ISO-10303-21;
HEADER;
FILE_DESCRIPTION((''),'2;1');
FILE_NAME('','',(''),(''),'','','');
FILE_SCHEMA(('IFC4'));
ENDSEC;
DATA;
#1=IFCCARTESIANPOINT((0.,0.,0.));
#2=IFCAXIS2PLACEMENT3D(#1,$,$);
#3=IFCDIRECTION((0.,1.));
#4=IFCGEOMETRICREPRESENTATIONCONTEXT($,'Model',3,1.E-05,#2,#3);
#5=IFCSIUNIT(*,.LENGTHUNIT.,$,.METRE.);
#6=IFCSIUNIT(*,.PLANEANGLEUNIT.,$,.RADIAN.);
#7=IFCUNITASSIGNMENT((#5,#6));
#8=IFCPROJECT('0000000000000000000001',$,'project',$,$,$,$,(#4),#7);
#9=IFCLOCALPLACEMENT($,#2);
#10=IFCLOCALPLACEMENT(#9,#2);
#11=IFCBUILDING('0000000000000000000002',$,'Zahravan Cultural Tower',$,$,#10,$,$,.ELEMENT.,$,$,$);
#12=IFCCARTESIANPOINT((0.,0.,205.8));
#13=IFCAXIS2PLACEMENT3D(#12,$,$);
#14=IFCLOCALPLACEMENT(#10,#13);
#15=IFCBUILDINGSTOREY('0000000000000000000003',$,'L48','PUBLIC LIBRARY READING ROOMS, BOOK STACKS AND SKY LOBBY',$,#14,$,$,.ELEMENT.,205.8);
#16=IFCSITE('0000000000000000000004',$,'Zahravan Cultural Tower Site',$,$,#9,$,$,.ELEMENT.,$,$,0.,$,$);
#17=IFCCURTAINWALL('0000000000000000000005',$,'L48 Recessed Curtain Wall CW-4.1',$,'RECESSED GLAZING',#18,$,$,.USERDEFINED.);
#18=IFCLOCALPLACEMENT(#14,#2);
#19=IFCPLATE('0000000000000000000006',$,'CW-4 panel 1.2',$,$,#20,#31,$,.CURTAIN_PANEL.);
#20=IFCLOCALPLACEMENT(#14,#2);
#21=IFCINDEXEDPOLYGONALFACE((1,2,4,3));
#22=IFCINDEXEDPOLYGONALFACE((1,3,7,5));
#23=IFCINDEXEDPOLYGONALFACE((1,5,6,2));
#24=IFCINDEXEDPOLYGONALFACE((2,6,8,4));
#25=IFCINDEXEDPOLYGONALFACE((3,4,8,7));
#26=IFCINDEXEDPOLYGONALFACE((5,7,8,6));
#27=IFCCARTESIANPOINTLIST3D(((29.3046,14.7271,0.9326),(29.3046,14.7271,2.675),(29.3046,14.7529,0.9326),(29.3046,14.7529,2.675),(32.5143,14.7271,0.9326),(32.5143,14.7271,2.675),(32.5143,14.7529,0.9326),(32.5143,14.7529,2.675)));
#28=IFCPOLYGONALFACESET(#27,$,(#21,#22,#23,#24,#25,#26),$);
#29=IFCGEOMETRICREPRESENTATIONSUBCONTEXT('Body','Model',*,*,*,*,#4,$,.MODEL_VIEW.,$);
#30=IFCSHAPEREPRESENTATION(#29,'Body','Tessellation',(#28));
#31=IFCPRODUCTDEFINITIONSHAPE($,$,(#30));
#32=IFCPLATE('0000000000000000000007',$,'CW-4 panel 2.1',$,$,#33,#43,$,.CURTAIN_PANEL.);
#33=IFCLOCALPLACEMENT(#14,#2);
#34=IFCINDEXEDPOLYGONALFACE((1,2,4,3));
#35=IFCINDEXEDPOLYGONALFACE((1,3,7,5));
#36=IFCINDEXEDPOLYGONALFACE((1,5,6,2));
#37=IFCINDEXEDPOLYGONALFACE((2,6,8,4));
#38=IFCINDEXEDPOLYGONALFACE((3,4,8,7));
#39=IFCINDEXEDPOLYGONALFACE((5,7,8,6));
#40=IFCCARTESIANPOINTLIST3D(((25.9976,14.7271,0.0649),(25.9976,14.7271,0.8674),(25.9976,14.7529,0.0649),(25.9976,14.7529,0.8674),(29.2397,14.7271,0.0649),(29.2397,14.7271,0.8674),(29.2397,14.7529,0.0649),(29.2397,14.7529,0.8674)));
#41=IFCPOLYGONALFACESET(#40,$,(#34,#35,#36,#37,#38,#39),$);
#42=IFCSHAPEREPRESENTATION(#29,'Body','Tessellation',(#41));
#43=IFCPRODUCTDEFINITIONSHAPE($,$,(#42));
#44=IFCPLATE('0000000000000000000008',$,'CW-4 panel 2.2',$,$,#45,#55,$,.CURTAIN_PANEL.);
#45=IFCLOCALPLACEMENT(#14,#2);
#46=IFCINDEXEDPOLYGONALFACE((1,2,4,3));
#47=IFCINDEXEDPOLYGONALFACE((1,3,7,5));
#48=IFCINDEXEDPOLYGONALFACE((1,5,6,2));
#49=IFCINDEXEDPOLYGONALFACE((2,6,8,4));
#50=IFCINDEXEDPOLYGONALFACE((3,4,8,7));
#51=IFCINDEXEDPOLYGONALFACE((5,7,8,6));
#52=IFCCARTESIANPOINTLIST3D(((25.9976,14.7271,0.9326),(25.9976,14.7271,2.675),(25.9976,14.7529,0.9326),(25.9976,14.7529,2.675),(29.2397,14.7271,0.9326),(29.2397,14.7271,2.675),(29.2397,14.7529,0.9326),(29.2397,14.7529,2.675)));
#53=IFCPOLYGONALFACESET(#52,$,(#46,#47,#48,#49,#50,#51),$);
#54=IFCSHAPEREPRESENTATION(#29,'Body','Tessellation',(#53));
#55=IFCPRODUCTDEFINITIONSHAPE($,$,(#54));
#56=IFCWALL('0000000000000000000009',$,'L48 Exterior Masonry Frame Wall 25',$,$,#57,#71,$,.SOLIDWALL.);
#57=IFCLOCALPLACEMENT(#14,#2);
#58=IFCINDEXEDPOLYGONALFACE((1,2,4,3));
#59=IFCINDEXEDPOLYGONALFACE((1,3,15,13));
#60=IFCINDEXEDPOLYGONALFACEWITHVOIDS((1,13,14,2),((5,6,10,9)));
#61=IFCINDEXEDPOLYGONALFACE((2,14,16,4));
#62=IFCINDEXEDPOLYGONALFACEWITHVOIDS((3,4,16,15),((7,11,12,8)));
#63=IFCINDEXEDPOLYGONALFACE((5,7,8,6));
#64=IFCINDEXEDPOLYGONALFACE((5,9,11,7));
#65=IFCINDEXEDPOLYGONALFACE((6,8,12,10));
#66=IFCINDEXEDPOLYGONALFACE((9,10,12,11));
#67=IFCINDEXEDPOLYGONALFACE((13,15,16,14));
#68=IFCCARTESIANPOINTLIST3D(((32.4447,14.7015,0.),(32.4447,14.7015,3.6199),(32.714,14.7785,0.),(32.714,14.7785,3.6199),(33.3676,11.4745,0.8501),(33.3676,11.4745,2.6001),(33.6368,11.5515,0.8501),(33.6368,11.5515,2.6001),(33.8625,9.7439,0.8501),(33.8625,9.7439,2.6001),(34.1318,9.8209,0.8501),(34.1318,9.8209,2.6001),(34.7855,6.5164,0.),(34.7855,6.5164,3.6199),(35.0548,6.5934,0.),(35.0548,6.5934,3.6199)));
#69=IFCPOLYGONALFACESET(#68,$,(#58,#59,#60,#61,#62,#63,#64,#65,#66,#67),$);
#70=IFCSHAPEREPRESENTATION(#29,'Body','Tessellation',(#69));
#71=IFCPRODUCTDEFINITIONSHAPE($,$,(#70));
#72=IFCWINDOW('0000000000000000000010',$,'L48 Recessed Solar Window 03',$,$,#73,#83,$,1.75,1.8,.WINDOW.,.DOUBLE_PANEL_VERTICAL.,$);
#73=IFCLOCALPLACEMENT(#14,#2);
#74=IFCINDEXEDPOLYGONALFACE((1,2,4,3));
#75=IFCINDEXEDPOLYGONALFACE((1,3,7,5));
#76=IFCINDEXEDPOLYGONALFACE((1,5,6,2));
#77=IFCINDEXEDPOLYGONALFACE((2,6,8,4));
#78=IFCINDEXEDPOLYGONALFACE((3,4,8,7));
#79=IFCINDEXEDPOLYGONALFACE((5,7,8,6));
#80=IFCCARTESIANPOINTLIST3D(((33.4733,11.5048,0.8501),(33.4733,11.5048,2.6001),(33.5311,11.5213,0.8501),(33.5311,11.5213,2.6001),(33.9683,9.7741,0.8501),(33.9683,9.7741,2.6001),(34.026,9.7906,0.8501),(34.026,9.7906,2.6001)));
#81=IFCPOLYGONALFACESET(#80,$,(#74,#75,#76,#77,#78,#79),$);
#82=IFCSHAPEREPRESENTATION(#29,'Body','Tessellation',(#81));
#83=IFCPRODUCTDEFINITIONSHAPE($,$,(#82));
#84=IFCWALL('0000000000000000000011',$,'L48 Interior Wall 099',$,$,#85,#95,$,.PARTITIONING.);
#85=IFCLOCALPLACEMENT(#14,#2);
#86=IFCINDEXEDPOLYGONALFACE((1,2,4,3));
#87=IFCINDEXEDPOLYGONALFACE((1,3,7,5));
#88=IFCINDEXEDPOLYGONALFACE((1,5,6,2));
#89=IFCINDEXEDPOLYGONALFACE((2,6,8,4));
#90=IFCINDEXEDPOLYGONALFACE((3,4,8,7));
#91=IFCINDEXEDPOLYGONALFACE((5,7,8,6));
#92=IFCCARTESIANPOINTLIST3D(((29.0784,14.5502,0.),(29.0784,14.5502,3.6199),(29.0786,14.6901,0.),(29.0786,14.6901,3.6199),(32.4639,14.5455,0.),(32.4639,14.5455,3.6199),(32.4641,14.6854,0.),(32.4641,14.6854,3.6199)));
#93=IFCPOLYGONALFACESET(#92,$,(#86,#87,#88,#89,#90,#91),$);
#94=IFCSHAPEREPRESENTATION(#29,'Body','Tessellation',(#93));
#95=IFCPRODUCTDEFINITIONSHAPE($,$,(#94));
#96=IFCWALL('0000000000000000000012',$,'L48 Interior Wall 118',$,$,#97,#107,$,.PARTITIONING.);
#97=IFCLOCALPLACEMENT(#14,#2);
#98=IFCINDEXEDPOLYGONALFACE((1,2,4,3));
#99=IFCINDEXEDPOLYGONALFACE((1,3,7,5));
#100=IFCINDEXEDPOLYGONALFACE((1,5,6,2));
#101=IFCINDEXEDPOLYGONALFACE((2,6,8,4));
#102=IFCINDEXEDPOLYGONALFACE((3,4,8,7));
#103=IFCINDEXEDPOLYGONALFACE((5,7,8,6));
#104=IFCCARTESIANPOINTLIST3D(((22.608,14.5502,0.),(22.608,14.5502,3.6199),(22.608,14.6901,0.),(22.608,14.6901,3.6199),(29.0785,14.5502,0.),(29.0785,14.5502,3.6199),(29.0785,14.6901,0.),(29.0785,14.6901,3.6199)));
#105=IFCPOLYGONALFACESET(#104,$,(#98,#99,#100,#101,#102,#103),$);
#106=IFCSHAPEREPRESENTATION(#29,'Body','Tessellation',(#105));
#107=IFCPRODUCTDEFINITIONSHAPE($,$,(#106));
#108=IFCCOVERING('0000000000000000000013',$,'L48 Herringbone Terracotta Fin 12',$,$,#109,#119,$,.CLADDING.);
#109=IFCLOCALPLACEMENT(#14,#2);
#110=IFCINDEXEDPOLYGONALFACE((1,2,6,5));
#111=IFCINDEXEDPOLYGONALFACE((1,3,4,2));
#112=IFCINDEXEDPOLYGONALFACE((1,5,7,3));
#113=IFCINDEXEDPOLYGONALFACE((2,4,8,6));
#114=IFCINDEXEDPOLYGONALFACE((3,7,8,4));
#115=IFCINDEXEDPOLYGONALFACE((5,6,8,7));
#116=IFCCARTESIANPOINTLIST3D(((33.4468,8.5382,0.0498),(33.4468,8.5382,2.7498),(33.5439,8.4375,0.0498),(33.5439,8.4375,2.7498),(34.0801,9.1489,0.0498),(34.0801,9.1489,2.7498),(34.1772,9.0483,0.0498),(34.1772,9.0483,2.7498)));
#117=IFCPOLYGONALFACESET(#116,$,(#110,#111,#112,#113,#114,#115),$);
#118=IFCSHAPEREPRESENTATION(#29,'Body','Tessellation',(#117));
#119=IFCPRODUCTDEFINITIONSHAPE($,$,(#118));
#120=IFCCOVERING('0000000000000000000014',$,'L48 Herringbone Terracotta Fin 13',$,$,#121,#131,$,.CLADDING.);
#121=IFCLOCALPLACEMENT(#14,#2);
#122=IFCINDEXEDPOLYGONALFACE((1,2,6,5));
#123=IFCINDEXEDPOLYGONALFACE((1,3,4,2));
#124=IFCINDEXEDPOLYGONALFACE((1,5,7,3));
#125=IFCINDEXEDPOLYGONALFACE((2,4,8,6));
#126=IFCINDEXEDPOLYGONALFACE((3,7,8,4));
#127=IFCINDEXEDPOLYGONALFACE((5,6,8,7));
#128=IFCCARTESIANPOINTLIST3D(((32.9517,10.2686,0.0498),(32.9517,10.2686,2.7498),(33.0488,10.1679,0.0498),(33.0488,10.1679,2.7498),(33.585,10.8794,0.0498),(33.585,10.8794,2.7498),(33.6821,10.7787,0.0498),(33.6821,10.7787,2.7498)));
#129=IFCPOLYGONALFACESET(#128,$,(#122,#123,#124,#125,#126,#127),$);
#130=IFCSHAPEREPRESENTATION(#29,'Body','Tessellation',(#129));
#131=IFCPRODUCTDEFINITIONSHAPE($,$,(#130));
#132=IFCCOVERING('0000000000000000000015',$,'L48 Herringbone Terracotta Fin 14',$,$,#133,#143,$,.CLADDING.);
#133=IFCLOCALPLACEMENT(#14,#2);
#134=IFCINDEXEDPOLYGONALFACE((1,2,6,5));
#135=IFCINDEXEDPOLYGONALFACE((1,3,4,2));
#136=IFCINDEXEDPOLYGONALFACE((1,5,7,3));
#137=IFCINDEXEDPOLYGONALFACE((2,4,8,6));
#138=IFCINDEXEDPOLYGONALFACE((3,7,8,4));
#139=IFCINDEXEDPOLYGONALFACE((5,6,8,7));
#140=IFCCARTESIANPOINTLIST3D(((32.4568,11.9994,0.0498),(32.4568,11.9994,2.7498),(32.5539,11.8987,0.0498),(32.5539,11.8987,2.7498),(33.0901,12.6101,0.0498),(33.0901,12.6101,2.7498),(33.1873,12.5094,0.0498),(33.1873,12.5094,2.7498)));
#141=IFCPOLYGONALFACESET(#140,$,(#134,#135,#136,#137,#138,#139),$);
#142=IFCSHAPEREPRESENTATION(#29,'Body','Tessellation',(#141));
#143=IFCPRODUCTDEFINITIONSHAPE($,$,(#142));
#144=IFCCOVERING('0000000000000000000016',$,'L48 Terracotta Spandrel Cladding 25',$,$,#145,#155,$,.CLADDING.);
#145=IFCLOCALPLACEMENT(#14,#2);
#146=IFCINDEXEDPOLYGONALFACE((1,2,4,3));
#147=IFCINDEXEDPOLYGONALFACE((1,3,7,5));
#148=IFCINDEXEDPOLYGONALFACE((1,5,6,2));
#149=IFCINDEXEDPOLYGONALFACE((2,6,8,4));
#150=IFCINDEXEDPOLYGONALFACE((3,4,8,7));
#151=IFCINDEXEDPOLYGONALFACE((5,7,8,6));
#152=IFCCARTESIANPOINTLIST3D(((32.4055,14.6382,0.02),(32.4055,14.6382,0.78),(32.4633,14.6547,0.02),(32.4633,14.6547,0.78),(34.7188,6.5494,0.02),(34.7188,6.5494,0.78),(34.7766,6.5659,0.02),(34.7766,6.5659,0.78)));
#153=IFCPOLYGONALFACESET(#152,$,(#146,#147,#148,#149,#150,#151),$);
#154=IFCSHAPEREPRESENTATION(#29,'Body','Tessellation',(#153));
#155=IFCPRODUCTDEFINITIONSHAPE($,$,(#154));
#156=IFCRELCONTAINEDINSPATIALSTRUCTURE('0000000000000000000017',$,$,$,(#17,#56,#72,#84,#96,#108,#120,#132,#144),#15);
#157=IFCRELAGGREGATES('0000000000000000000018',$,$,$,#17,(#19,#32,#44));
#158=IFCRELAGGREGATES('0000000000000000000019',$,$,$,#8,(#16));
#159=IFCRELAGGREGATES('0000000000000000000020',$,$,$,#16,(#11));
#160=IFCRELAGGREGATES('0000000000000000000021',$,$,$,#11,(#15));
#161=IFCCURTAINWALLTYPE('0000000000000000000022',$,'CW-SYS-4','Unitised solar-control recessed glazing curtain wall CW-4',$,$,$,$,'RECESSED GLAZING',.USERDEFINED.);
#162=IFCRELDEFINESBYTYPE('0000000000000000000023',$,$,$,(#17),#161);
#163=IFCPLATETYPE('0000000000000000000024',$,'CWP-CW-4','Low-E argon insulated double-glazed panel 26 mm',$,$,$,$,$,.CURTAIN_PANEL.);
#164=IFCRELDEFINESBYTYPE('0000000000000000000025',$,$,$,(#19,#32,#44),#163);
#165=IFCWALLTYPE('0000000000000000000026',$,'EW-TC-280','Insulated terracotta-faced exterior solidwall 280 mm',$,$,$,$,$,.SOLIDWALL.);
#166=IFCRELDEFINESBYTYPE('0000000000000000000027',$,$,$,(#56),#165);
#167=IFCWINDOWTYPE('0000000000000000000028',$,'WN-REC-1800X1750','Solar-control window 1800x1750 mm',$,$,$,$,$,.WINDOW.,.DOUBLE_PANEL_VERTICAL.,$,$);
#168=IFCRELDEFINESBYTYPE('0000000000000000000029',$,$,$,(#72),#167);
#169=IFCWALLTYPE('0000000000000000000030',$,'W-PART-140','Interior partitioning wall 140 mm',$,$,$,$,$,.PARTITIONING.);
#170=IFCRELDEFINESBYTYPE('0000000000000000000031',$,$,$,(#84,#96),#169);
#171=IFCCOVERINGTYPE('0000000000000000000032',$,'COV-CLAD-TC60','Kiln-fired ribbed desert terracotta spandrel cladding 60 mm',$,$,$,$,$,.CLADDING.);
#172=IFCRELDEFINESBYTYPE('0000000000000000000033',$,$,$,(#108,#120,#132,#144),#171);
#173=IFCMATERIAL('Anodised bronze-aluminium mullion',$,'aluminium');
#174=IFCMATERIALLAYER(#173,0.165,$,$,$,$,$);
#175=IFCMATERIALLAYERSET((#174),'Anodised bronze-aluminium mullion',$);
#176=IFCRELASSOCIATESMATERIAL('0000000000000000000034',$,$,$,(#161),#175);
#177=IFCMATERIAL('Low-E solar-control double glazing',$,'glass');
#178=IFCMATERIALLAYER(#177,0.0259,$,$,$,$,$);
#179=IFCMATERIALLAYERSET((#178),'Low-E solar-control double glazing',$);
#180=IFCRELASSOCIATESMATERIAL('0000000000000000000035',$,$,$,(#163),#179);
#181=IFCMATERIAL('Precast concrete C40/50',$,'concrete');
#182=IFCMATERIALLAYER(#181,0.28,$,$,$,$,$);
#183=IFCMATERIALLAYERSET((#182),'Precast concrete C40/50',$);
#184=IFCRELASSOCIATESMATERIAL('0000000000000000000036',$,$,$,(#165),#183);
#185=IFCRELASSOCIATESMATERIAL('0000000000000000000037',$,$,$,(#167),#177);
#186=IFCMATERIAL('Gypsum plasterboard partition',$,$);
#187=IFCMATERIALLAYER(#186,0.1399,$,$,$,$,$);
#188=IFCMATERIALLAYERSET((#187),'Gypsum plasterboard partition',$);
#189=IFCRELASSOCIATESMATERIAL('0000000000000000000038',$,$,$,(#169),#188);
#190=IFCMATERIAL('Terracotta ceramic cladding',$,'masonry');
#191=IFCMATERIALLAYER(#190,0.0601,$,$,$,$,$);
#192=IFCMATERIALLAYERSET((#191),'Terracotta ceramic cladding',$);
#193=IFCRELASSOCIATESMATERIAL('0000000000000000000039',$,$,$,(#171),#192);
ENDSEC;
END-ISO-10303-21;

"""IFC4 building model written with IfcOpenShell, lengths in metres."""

from ifc_helpers import new_model, si_unit, direction, frame, frame_2d, origin, origin_2d, place, context, subcontext, project, spatial, rectangle, extrude, source, transform, mapped, material, layer, layer_set, type_object, element, fill, aggregate, save


model = new_model("IFC4")

# Units and contexts
model_context = context("Model", 3, precision=1e-05, world=origin(), true_north=direction((0.0, 1.0)))
body_context = subcontext(model_context, "Body", "Model", "MODEL_VIEW")
ifc_project = project(units=[si_unit("LENGTHUNIT", "METRE"), si_unit("PLANEANGLEUNIT", "RADIAN")], contexts=[model_context])

# Site, building, storey
site_placement = place(None, origin())
site = spatial("IfcSite", under=ifc_project, at=site_placement, Name="Zahravan Cultural Tower Site", CompositionType="ELEMENT", RefElevation=0.0)
building_placement = place(site_placement, origin())
building = spatial("IfcBuilding", under=site, at=building_placement, Name="Zahravan Cultural Tower", CompositionType="ELEMENT")
storey_placement = place(building_placement, frame((0.0, 0.0, 205.8)))
storey = spatial("IfcBuildingStorey", under=building, at=storey_placement, Name="L48", Description="PUBLIC LIBRARY READING ROOMS, BOOK STACKS AND SKY LOBBY", CompositionType="ELEMENT", Elevation=205.8)

# Curtain wall, plates
ifc_material_1 = material(Name="Anodised bronze-aluminium mullion", Category="aluminium")
ifc_layer_1 = layer(ifc_material_1, 0.165)
ifc_layer_set_1 = layer_set([ifc_layer_1], Name="Anodised bronze-aluminium mullion")
curtain_wall_type = type_object("IfcCurtainWallType", Name="CW-SYS-4", Description="Unitised solar-control recessed glazing curtain wall CW-4", ElementType="RECESSED GLAZING", PredefinedType="USERDEFINED", material=ifc_layer_set_1)
curtain_wall_placement = place(storey_placement, origin())
curtain_wall = element("IfcCurtainWall", 1, at=curtain_wall_placement, inside=storey, type_object=curtain_wall_type, Name="L48 Recessed Curtain Wall CW-4.1", ObjectType="RECESSED GLAZING", PredefinedType="USERDEFINED")
ifc_material_2 = material(Name="Low-E solar-control double glazing", Category="glass")
ifc_layer_2 = layer(ifc_material_2, 0.0259)
ifc_layer_set_2 = layer_set([ifc_layer_2], Name="Low-E solar-control double glazing")
plate_type = type_object("IfcPlateType", Name="CWP-CW-4", Description="Low-E argon insulated double-glazed panel 26 mm", PredefinedType="CURTAIN_PANEL", material=ifc_layer_set_2)
shared_shape_1 = source(origin(), body_context, "Body", "SweptSolid", [
    extrude(rectangle(XDim=3.2097, YDim=0.0259, at=origin_2d()), origin(), (0.0, 0.0, 1.0), 1.7424),
])
plate_1_placement = place(storey_placement, frame((30.9094, 14.74, 0.9326), z_axis=(0.0, 0.0, 1.0), x_axis=(-1.0, 0.0, 0.0)))
plate_1 = element("IfcPlate", 2, at=plate_1_placement, type_object=plate_type, Name="CW-4 panel 1.2", PredefinedType="CURTAIN_PANEL", context=body_context, shape_type="MappedRepresentation", body=[
    mapped(shared_shape_1, transform((0.0, 0.0, 0.0), x_axis=(1.0, 0.0, 0.0), y_axis=(0.0, 1.0, 0.0), z_axis=(0.0, 0.0, 1.0), scale=1.0)),
])
shared_shape_2 = source(origin(), body_context, "Body", "SweptSolid", [
    extrude(rectangle(XDim=3.2422, YDim=0.0259, at=origin_2d()), origin(), (0.0, 0.0, 1.0), 0.8025),
])
plate_2_placement = place(storey_placement, frame((27.6187, 14.74, 0.0649), z_axis=(0.0, 0.0, 1.0), x_axis=(-1.0, 0.0, 0.0)))
plate_2 = element("IfcPlate", 3, at=plate_2_placement, type_object=plate_type, Name="CW-4 panel 2.1", PredefinedType="CURTAIN_PANEL", context=body_context, shape_type="MappedRepresentation", body=[
    mapped(shared_shape_2, transform((0.0, 0.0, 0.0), x_axis=(1.0, 0.0, 0.0), y_axis=(0.0, 1.0, 0.0), z_axis=(0.0, 0.0, 1.0), scale=1.0)),
])
shared_shape_3 = source(origin(), body_context, "Body", "SweptSolid", [
    extrude(rectangle(XDim=3.2422, YDim=0.0259, at=origin_2d()), origin(), (0.0, 0.0, 1.0), 1.7424),
])
plate_3_placement = place(storey_placement, frame((27.6187, 14.74, 0.9326), z_axis=(0.0, 0.0, 1.0), x_axis=(-1.0, 0.0, 0.0)))
plate_3 = element("IfcPlate", 4, at=plate_3_placement, type_object=plate_type, Name="CW-4 panel 2.2", PredefinedType="CURTAIN_PANEL", context=body_context, shape_type="MappedRepresentation", body=[
    mapped(shared_shape_3, transform((0.0, 0.0, 0.0), x_axis=(1.0, 0.0, 0.0), y_axis=(0.0, 1.0, 0.0), z_axis=(0.0, 0.0, 1.0), scale=1.0)),
])
aggregate(curtain_wall, [plate_1, plate_2, plate_3])

# Wall, opening, window
ifc_material_3 = material(Name="Precast concrete C40/50", Category="concrete")
ifc_layer_3 = layer(ifc_material_3, 0.28)
ifc_layer_set_3 = layer_set([ifc_layer_3], Name="Precast concrete C40/50")
wall_type_1 = type_object("IfcWallType", Name="EW-TC-280", Description="Insulated terracotta-faced exterior solidwall 280 mm", PredefinedType="SOLIDWALL", material=ifc_layer_set_3)
wall_1_placement = place(storey_placement, frame((34.9202, 6.5549, 0.0), z_axis=(0.0, 0.0, 1.0), x_axis=(-0.274964, 0.961455, 0.0)))
wall_1 = element("IfcWall", 5, at=wall_1_placement, inside=storey, type_object=wall_type_1, Name="L48 Exterior Masonry Frame Wall 25", PredefinedType="SOLIDWALL", context=body_context, shape_type="SweptSolid", body=[
    extrude(rectangle(XDim=8.5132, YDim=0.28, at=frame_2d((4.2566, 0.0))), origin(), (0.0, 0.0, 1.0), 3.6199),
])
opening_placement = place(wall_1_placement, frame((3.3569, 0.0, 0.8501)))
opening = element("IfcOpeningElement", 6, at=opening_placement, cuts=wall_1, PredefinedType="OPENING", context=body_context, shape_type="SweptSolid", body=[
    extrude(rectangle(XDim=1.8, YDim=1.75, at=frame_2d((0.8999, 0.875))), frame((0.0, 0.1499, 0.0), z_axis=(0.0, -1.0, 0.0), x_axis=(1.0, 0.0, 0.0)), (0.0, 0.0, 1.0), 0.3),
])
window_type = type_object("IfcWindowType", Name="WN-REC-1800X1750", Description="Solar-control window 1800x1750 mm", PartitioningType="DOUBLE_PANEL_VERTICAL", PredefinedType="WINDOW", material=ifc_material_2)
shared_shape_4 = source(origin(), body_context, "Body", "SweptSolid", [
    extrude(rectangle(XDim=1.8, YDim=1.75, at=frame_2d((0.8999, 0.875))), frame((0.0, 0.03, 0.0), z_axis=(0.0, -1.0, 0.0), x_axis=(1.0, 0.0, 0.0)), (0.0, 0.0, 1.0), 0.0601),
])
window_placement = place(opening_placement, origin())
window = element("IfcWindow", 7, at=window_placement, inside=storey, type_object=window_type, Name="L48 Recessed Solar Window 03", OverallHeight=1.75, OverallWidth=1.8, PartitioningType="DOUBLE_PANEL_VERTICAL", PredefinedType="WINDOW", context=body_context, shape_type="MappedRepresentation", body=[
    mapped(shared_shape_4, transform((0.0, 0.0, 0.0), x_axis=(1.0, 0.0, 0.0), y_axis=(0.0, 1.0, 0.0), z_axis=(0.0, 0.0, 1.0), scale=1.0)),
])
fill(opening, window)

# Walls
ifc_material_4 = material(Name="Gypsum plasterboard partition")
ifc_layer_4 = layer(ifc_material_4, 0.1399)
ifc_layer_set_4 = layer_set([ifc_layer_4], Name="Gypsum plasterboard partition")
wall_type_2 = type_object("IfcWallType", Name="W-PART-140", Description="Interior partitioning wall 140 mm", PredefinedType="PARTITIONING", material=ifc_layer_set_4)
shared_shape_5 = source(origin(), body_context, "Body", "SweptSolid", [
    extrude(rectangle(XDim=3.3855, YDim=0.1399, at=frame_2d((1.6929, 0.0))), origin(), (0.0, 0.0, 1.0), 3.6199),
])
wall_2_placement = place(storey_placement, frame((32.4641, 14.6155, 0.0), z_axis=(0.0, 0.0, 1.0), x_axis=(-0.999999, 0.00137, 0.0)))
element("IfcWall", 8, at=wall_2_placement, inside=storey, type_object=wall_type_2, Name="L48 Interior Wall 099", PredefinedType="PARTITIONING", context=body_context, shape_type="MappedRepresentation", body=[
    mapped(shared_shape_5, transform((0.0, 0.0, 0.0), x_axis=(1.0, 0.0, 0.0), y_axis=(0.0, 1.0, 0.0), z_axis=(0.0, 0.0, 1.0), scale=1.0)),
])
shared_shape_6 = source(origin(), body_context, "Body", "SweptSolid", [
    extrude(rectangle(XDim=6.4705, YDim=0.1399, at=frame_2d((3.2354, 0.0))), origin(), (0.0, 0.0, 1.0), 3.6199),
])
wall_3_placement = place(storey_placement, frame((29.0786, 14.6201, 0.0), z_axis=(0.0, 0.0, 1.0), x_axis=(-1.0, 0.0, 0.0)))
element("IfcWall", 9, at=wall_3_placement, inside=storey, type_object=wall_type_2, Name="L48 Interior Wall 118", PredefinedType="PARTITIONING", context=body_context, shape_type="MappedRepresentation", body=[
    mapped(shared_shape_6, transform((0.0, 0.0, 0.0), x_axis=(1.0, 0.0, 0.0), y_axis=(0.0, 1.0, 0.0), z_axis=(0.0, 0.0, 1.0), scale=1.0)),
])

# Coverings
ifc_material_5 = material(Name="Terracotta ceramic cladding", Category="masonry")
ifc_layer_5 = layer(ifc_material_5, 0.0601)
ifc_layer_set_5 = layer_set([ifc_layer_5], Name="Terracotta ceramic cladding")
covering_type = type_object("IfcCoveringType", Name="COV-CLAD-TC60", Description="Kiln-fired ribbed desert terracotta spandrel cladding 60 mm", PredefinedType="CLADDING", material=ifc_layer_set_5)
shared_shape_7 = source(origin(), body_context, "Body", "SweptSolid", [
    extrude(rectangle(XDim=0.8799, YDim=0.1399, at=origin_2d()), origin(), (0.0, 0.0, 1.0), 2.7),
])
for number, where, z_axis, x_axis, name in (
    (10, (33.812, 8.7932, 0.0498), (0.0, 0.0, 1.0), (-0.719825, -0.694156, 0.0), "L48 Herringbone Terracotta Fin 12"),
    (11, (33.3169, 10.5237, 0.0498), (0.0, 0.0, 1.0), (-0.719825, -0.694156, 0.0), "L48 Herringbone Terracotta Fin 13"),
    (12, (32.822, 12.2544, 0.0498), (0.0, 0.0, 1.0), (-0.719825, -0.694156, 0.0), "L48 Herringbone Terracotta Fin 14"),
):
    element("IfcCovering", number, at=place(storey_placement, frame(where, z_axis=z_axis, x_axis=x_axis)), inside=storey, type_object=covering_type, Name=name, PredefinedType="CLADDING", context=body_context, shape_type="MappedRepresentation", body=[
        mapped(shared_shape_7, transform((0.0, 0.0, 0.0), x_axis=(1.0, 0.0, 0.0), y_axis=(0.0, 1.0, 0.0), z_axis=(0.0, 0.0, 1.0), scale=1.0)),
    ])
shared_shape_8 = source(origin(), body_context, "Body", "SweptSolid", [
    extrude(rectangle(XDim=8.4131, YDim=0.0601, at=origin_2d()), origin(), (0.0, 0.0, 1.0), 0.76),
])
covering_placement = place(storey_placement, frame((33.5911, 10.6021, 0.02), z_axis=(0.0, 0.0, 1.0), x_axis=(-0.274966, 0.961454, 0.0)))
element("IfcCovering", 13, at=covering_placement, inside=storey, type_object=covering_type, Name="L48 Terracotta Spandrel Cladding 25", PredefinedType="CLADDING", context=body_context, shape_type="MappedRepresentation", body=[
    mapped(shared_shape_8, transform((0.0, 0.0, 0.0), x_axis=(1.0, 0.0, 0.0), y_axis=(0.0, 1.0, 0.0), z_axis=(0.0, 0.0, 1.0), scale=1.0)),
])

save(model, "model.ifc")
